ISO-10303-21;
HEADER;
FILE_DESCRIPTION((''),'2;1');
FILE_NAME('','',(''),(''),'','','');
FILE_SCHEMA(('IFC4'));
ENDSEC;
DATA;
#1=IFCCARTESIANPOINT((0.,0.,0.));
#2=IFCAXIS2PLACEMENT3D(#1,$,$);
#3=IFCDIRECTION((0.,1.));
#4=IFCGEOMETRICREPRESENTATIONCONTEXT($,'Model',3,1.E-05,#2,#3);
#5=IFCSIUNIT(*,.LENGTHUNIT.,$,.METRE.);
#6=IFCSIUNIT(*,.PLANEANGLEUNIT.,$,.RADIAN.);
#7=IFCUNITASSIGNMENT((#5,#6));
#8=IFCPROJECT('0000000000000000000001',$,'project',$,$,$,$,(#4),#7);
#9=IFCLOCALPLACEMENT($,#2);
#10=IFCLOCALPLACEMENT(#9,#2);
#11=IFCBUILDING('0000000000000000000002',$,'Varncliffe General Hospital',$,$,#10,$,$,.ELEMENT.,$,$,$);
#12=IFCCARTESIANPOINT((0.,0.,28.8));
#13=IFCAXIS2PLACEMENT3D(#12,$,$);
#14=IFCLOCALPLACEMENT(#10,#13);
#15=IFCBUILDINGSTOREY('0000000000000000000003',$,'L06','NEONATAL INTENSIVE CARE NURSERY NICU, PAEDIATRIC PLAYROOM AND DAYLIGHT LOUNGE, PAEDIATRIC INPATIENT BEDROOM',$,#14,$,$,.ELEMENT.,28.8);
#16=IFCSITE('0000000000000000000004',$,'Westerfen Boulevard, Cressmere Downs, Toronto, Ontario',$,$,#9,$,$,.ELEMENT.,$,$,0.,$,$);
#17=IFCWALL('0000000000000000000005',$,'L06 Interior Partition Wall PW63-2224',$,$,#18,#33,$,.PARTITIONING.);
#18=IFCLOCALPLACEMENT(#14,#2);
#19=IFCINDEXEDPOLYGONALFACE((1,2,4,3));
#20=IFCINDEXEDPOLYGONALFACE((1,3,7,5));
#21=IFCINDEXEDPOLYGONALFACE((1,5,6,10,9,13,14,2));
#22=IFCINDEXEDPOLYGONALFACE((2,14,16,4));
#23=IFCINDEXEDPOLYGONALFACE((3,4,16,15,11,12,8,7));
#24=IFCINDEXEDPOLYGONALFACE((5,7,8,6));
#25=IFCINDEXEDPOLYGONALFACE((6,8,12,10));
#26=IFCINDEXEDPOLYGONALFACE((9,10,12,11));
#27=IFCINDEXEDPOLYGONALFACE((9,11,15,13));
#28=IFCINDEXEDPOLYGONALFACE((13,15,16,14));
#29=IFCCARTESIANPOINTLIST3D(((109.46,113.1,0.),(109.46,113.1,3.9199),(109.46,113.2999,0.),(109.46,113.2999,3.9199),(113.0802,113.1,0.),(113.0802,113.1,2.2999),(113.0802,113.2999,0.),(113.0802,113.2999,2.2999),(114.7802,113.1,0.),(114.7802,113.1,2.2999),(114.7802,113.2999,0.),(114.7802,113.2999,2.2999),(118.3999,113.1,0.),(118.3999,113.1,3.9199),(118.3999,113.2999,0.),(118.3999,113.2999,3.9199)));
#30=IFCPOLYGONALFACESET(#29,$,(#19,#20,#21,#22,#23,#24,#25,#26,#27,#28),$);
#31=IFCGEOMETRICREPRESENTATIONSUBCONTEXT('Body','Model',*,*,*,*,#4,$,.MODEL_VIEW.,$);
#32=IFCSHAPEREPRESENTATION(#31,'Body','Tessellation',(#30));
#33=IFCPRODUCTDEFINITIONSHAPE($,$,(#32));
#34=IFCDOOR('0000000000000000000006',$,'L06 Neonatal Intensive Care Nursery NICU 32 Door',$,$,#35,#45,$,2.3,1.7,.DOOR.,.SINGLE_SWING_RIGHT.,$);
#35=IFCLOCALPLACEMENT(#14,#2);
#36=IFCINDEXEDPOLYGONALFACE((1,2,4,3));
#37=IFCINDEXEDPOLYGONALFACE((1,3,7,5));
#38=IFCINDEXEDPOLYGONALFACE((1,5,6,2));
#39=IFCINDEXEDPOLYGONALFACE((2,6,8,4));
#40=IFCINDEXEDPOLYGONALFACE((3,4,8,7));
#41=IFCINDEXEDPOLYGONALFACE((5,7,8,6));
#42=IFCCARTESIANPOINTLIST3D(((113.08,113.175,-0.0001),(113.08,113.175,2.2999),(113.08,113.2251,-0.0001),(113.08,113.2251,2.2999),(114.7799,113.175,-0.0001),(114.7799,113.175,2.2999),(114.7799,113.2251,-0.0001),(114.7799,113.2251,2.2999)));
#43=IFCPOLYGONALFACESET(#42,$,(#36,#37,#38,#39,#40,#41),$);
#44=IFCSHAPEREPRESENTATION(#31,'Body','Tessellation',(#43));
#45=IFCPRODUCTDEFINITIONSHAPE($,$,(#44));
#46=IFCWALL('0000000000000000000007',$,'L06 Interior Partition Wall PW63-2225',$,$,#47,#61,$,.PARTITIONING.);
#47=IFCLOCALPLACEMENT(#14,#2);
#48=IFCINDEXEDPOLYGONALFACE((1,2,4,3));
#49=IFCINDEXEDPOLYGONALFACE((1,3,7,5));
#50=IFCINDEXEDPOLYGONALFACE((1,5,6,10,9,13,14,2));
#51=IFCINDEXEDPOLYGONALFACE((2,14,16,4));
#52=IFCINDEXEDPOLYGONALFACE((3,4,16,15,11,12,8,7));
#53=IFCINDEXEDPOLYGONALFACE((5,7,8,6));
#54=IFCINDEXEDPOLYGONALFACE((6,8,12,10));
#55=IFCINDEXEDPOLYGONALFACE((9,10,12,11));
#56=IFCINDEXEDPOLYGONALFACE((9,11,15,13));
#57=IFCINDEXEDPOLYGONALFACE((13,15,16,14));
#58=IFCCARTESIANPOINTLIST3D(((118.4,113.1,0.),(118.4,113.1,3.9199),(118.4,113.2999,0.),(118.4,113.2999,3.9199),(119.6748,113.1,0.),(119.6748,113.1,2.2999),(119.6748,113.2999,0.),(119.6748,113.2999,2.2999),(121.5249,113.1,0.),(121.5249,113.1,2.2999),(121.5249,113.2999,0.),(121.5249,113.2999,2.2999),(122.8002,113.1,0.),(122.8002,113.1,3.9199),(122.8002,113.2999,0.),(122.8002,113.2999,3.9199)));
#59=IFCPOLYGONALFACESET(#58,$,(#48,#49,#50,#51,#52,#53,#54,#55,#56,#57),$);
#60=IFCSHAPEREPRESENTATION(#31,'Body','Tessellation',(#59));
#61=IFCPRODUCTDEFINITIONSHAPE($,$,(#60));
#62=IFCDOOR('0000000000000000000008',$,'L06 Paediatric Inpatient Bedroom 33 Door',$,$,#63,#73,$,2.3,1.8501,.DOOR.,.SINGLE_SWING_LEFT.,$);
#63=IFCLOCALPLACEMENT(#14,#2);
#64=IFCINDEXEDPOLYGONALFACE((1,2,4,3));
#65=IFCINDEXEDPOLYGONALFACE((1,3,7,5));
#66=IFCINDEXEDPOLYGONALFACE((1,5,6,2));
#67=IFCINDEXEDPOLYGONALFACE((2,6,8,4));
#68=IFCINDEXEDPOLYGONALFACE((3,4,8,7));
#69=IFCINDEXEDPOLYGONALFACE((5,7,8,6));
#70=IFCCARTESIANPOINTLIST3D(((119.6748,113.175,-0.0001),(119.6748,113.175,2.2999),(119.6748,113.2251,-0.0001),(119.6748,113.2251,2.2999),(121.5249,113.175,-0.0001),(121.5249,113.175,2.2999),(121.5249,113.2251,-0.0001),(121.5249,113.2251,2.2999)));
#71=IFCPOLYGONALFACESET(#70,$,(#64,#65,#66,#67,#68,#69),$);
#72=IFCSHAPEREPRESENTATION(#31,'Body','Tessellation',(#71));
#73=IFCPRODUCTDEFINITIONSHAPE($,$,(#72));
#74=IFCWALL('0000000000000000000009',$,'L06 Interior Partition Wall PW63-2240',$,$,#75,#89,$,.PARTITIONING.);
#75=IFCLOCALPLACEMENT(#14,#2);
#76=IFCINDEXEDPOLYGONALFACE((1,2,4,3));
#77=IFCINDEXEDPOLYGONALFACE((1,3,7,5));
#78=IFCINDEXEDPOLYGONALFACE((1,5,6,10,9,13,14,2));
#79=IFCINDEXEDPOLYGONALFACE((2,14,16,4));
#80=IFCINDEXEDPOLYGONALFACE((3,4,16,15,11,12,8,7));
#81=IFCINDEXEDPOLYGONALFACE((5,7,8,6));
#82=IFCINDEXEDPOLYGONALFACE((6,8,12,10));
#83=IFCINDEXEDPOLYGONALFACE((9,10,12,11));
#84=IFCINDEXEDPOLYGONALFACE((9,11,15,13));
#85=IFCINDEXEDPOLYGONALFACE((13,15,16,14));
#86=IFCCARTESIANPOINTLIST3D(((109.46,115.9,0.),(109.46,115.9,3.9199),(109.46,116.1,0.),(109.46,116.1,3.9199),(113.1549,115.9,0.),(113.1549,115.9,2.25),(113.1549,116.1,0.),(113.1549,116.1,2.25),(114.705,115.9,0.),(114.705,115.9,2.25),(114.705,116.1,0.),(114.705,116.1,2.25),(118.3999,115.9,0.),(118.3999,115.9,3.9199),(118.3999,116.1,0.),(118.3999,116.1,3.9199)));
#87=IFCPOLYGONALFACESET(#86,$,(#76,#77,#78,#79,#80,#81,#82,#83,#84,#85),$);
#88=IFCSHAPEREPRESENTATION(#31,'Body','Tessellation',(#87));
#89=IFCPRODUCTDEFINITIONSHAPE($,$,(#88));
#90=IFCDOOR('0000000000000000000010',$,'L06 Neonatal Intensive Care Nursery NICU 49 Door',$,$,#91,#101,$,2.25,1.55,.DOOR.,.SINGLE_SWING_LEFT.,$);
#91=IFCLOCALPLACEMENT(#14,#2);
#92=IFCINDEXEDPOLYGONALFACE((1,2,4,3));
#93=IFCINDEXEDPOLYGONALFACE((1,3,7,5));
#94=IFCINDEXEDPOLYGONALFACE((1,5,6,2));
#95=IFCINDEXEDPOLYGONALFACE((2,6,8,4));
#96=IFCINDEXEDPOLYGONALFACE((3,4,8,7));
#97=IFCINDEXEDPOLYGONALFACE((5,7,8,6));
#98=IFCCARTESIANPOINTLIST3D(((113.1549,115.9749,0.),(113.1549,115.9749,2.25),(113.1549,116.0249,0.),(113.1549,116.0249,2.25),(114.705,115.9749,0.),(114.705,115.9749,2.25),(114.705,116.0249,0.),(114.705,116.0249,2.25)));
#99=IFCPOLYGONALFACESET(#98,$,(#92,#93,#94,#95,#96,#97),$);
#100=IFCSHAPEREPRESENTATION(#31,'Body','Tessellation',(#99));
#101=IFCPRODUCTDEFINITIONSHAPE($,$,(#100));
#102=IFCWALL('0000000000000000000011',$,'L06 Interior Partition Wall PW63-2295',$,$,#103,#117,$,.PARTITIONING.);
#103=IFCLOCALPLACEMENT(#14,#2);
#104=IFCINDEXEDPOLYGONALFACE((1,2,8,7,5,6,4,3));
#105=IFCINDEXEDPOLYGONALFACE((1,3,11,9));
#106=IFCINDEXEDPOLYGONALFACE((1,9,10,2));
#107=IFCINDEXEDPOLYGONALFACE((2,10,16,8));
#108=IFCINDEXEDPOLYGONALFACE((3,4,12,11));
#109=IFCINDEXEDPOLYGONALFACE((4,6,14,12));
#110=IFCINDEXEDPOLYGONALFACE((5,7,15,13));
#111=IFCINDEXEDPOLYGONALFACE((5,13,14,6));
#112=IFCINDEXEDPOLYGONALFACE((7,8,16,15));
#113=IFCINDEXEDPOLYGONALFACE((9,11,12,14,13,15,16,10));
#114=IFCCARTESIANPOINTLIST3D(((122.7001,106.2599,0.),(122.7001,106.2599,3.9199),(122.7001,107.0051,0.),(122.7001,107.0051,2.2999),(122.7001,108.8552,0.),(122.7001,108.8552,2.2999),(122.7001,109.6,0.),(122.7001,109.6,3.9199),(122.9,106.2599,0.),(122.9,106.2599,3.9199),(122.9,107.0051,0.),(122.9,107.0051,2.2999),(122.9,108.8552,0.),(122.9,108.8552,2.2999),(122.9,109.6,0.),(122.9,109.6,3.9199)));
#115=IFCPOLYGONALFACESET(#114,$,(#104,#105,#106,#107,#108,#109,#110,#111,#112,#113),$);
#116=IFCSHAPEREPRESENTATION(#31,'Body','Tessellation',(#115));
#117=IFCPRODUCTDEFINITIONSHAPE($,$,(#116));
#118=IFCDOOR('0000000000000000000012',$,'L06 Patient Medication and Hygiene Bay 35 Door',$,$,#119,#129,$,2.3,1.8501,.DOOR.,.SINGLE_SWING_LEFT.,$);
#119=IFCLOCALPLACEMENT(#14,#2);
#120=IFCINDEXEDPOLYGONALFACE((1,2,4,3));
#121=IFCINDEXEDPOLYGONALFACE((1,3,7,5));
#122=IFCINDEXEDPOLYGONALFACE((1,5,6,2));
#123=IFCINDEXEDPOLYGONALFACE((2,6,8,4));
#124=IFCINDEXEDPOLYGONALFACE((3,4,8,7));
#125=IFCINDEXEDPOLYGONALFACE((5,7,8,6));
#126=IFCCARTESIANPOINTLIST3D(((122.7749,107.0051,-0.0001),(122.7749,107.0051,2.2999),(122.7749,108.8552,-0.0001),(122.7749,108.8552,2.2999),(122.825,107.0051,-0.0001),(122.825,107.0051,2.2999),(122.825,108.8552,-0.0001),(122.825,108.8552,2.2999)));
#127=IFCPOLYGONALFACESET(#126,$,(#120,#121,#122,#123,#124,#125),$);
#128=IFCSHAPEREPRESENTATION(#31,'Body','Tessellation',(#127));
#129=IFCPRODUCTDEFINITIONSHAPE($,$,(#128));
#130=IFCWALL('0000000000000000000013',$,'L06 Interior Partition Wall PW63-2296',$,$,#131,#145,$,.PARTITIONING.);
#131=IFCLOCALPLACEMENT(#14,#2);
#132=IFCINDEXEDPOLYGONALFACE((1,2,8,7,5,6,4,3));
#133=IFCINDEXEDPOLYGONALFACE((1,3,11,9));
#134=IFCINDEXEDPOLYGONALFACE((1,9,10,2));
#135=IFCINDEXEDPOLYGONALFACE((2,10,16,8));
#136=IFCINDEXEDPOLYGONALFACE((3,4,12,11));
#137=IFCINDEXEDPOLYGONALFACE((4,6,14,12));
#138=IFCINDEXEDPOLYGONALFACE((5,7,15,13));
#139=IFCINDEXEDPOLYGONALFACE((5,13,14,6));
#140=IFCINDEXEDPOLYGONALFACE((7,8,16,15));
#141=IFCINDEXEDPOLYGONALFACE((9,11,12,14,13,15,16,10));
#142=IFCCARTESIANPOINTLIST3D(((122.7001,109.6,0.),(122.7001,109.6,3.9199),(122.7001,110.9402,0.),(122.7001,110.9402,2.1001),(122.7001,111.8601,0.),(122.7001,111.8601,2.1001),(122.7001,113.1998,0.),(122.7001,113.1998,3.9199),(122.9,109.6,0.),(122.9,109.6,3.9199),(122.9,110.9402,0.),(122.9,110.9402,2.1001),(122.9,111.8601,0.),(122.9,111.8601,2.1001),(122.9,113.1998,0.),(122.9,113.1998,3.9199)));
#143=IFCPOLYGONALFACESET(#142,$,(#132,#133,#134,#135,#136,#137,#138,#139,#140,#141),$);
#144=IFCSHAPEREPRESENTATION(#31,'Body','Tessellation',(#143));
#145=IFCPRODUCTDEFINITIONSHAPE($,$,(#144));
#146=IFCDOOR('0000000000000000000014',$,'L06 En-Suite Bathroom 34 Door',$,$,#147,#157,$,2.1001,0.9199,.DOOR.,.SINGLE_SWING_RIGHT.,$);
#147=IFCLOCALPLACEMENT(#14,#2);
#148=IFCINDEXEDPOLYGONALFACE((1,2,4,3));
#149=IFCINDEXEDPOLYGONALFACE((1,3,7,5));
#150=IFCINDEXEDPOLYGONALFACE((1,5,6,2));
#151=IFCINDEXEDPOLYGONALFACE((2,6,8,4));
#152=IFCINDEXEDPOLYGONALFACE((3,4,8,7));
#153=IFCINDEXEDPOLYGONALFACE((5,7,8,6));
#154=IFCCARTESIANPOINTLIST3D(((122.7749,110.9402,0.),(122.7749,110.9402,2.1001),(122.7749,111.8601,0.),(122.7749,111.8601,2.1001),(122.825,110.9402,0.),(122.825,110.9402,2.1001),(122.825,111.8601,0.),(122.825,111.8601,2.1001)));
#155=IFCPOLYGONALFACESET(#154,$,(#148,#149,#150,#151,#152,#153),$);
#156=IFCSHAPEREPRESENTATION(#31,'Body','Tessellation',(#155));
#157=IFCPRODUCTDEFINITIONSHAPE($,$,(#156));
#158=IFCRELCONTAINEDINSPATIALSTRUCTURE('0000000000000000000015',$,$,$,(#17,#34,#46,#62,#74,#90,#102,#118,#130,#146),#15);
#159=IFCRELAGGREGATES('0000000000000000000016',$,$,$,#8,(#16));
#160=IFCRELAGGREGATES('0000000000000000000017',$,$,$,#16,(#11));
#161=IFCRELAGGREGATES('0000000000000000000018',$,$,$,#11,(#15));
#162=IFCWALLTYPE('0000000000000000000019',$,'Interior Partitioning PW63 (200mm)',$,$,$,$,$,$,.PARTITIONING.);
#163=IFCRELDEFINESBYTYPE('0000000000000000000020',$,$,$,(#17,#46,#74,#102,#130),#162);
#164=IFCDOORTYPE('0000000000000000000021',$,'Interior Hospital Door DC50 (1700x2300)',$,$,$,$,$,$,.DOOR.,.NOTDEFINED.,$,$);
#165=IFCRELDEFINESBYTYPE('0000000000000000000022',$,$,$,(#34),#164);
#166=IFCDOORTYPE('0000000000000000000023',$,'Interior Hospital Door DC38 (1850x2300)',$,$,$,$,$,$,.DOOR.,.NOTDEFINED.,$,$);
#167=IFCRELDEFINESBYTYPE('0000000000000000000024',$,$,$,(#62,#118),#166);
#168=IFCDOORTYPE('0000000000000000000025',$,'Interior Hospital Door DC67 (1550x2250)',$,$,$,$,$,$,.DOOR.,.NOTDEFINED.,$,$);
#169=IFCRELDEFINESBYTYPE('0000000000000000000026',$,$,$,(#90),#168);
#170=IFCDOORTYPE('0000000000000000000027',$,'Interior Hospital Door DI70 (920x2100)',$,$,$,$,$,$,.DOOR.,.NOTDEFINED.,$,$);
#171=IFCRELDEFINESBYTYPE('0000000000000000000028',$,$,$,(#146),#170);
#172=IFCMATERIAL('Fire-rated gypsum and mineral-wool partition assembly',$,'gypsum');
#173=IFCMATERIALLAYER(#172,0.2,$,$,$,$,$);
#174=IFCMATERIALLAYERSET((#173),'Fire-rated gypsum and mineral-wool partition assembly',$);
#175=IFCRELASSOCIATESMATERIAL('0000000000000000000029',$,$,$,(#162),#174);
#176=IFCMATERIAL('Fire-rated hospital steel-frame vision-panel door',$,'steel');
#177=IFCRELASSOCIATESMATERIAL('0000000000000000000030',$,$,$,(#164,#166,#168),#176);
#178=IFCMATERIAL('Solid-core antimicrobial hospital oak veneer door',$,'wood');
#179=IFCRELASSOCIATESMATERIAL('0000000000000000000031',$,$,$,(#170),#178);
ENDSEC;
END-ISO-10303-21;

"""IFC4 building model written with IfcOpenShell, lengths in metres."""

from ifc_helpers import new_model, si_unit, direction, frame, frame_2d, origin, place, context, subcontext, project, spatial, rectangle, extrude, material, layer, layer_set, type_object, element, fill, save


model = new_model("IFC4")

# Units and contexts
model_context = context("Model", 3, precision=1e-05, world=origin(), true_north=direction((0.0, 1.0)))
body_context = subcontext(model_context, "Body", "Model", "MODEL_VIEW")
ifc_project = project(units=[si_unit("LENGTHUNIT", "METRE"), si_unit("PLANEANGLEUNIT", "RADIAN")], contexts=[model_context])

# Site, building, storey
site_placement = place(None, origin())
site = spatial("IfcSite", under=ifc_project, at=site_placement, Name="Westerfen Boulevard, Cressmere Downs, Toronto, Ontario", CompositionType="ELEMENT", RefElevation=0.0)
building_placement = place(site_placement, origin())
building = spatial("IfcBuilding", under=site, at=building_placement, Name="Varncliffe General Hospital", CompositionType="ELEMENT")
storey_placement = place(building_placement, frame((0.0, 0.0, 28.8)))
storey = spatial("IfcBuildingStorey", under=building, at=storey_placement, Name="L06", Description="NEONATAL INTENSIVE CARE NURSERY NICU, PAEDIATRIC PLAYROOM AND DAYLIGHT LOUNGE, PAEDIATRIC INPATIENT BEDROOM", CompositionType="ELEMENT", Elevation=28.8)

# Walls, openings, doors
ifc_material_1 = material(Name="Fire-rated gypsum and mineral-wool partition assembly", Category="gypsum")
ifc_layer_1 = layer(ifc_material_1, 0.2)
ifc_layer_set_1 = layer_set([ifc_layer_1], Name="Fire-rated gypsum and mineral-wool partition assembly")
wall_type_1 = type_object("IfcWallType", Name="Interior Partitioning PW63 (200mm)", PredefinedType="PARTITIONING", material=ifc_layer_set_1)
wall_1_placement = place(storey_placement, frame((109.46, 113.2, 0.0), z_axis=(0.0, 0.0, 1.0), x_axis=(1.0, 0.0, 0.0)))
wall_1 = element("IfcWall", 1, at=wall_1_placement, inside=storey, type_object=wall_type_1, Name="L06 Interior Partition Wall PW63-2224", PredefinedType="PARTITIONING", context=body_context, shape_type="SweptSolid", body=[
    extrude(rectangle(XDim=8.9399, YDim=0.2, at=frame_2d((4.47, 0.0))), origin(), (0.0, 0.0, 1.0), 3.9199),
])
opening_1_placement = place(wall_1_placement, frame((3.6201, 0.0, 0.0)))
opening_1 = element("IfcOpeningElement", 2, at=opening_1_placement, cuts=wall_1, PredefinedType="OPENING", context=body_context, shape_type="SweptSolid", body=[
    extrude(rectangle(XDim=1.7, YDim=2.3, at=frame_2d((0.8501, 1.1499))), frame((0.0, 0.1099, 0.0), z_axis=(0.0, -1.0, 0.0), x_axis=(1.0, 0.0, 0.0)), (0.0, 0.0, 1.0), 0.22),
])
ifc_material_2 = material(Name="Fire-rated hospital steel-frame vision-panel door", Category="steel")
door_type_1 = type_object("IfcDoorType", Name="Interior Hospital Door DC50 (1700x2300)", OperationType="NOTDEFINED", PredefinedType="DOOR", material=ifc_material_2)
door_1_placement = place(opening_1_placement, frame((1.7, 0.0, 0.0), z_axis=(0.0, 0.0, 1.0), x_axis=(-1.0, 0.0, 0.0)))
door_1 = element("IfcDoor", 3, at=door_1_placement, inside=storey, type_object=door_type_1, Name="L06 Neonatal Intensive Care Nursery NICU 32 Door", OperationType="SINGLE_SWING_RIGHT", OverallHeight=2.3, OverallWidth=1.7, PredefinedType="DOOR", context=body_context, shape_type="SweptSolid", body=[
    extrude(rectangle(XDim=1.7, YDim=2.3, at=frame_2d((0.8501, 1.1499))), frame((0.0, 0.0249, 0.0), z_axis=(0.0, -1.0, 0.0), x_axis=(1.0, 0.0, 0.0)), (0.0, 0.0, 1.0), 0.05),
])
fill(opening_1, door_1)
wall_2_placement = place(storey_placement, frame((118.3999, 113.2, 0.0), z_axis=(0.0, 0.0, 1.0), x_axis=(1.0, 0.0, 0.0)))
wall_2 = element("IfcWall", 4, at=wall_2_placement, inside=storey, type_object=wall_type_1, Name="L06 Interior Partition Wall PW63-2225", PredefinedType="PARTITIONING", context=body_context, shape_type="SweptSolid", body=[
    extrude(rectangle(XDim=4.4001, YDim=0.2, at=frame_2d((2.2002, 0.0))), origin(), (0.0, 0.0, 1.0), 3.9199),
])
opening_2_placement = place(wall_2_placement, frame((1.2749, 0.0, 0.0)))
opening_2 = element("IfcOpeningElement", 5, at=opening_2_placement, cuts=wall_2, PredefinedType="OPENING", context=body_context, shape_type="SweptSolid", body=[
    extrude(rectangle(XDim=1.8501, YDim=2.3, at=frame_2d((0.925, 1.1499))), frame((0.0, 0.1099, 0.0), z_axis=(0.0, -1.0, 0.0), x_axis=(1.0, 0.0, 0.0)), (0.0, 0.0, 1.0), 0.22),
])
door_type_2 = type_object("IfcDoorType", Name="Interior Hospital Door DC38 (1850x2300)", OperationType="NOTDEFINED", PredefinedType="DOOR", material=ifc_material_2)
door_2_placement = place(opening_2_placement, frame((1.8501, 0.0, 0.0), z_axis=(0.0, 0.0, 1.0), x_axis=(-1.0, 0.0, 0.0)))
door_2 = element("IfcDoor", 6, at=door_2_placement, inside=storey, type_object=door_type_2, Name="L06 Paediatric Inpatient Bedroom 33 Door", OperationType="SINGLE_SWING_LEFT", OverallHeight=2.3, OverallWidth=1.8501, PredefinedType="DOOR", context=body_context, shape_type="SweptSolid", body=[
    extrude(rectangle(XDim=1.8501, YDim=2.3, at=frame_2d((0.925, 1.1499))), frame((0.0, 0.0249, 0.0), z_axis=(0.0, -1.0, 0.0), x_axis=(1.0, 0.0, 0.0)), (0.0, 0.0, 1.0), 0.05),
])
fill(opening_2, door_2)
wall_3_placement = place(storey_placement, frame((109.46, 116.0, 0.0), z_axis=(0.0, 0.0, 1.0), x_axis=(1.0, 0.0, 0.0)))
wall_3 = element("IfcWall", 7, at=wall_3_placement, inside=storey, type_object=wall_type_1, Name="L06 Interior Partition Wall PW63-2240", PredefinedType="PARTITIONING", context=body_context, shape_type="SweptSolid", body=[
    extrude(rectangle(XDim=8.9399, YDim=0.2, at=frame_2d((4.47, 0.0))), origin(), (0.0, 0.0, 1.0), 3.9199),
])
opening_3_placement = place(wall_3_placement, frame((3.6951, 0.0, 0.0)))
opening_3 = element("IfcOpeningElement", 8, at=opening_3_placement, cuts=wall_3, PredefinedType="OPENING", context=body_context, shape_type="SweptSolid", body=[
    extrude(rectangle(XDim=1.55, YDim=2.25, at=frame_2d((0.7749, 1.125))), frame((0.0, 0.1099, 0.0), z_axis=(0.0, -1.0, 0.0), x_axis=(1.0, 0.0, 0.0)), (0.0, 0.0, 1.0), 0.22),
])
door_type_3 = type_object("IfcDoorType", Name="Interior Hospital Door DC67 (1550x2250)", OperationType="NOTDEFINED", PredefinedType="DOOR", material=ifc_material_2)
door_3_placement = place(opening_3_placement, origin())
door_3 = element("IfcDoor", 9, at=door_3_placement, inside=storey, type_object=door_type_3, Name="L06 Neonatal Intensive Care Nursery NICU 49 Door", OperationType="SINGLE_SWING_LEFT", OverallHeight=2.25, OverallWidth=1.55, PredefinedType="DOOR", context=body_context, shape_type="SweptSolid", body=[
    extrude(rectangle(XDim=1.55, YDim=2.25, at=frame_2d((0.7749, 1.125))), frame((0.0, 0.0249, 0.0), z_axis=(0.0, -1.0, 0.0), x_axis=(1.0, 0.0, 0.0)), (0.0, 0.0, 1.0), 0.05),
])
fill(opening_3, door_3)
wall_4_placement = place(storey_placement, frame((122.8, 106.26, 0.0), z_axis=(0.0, 0.0, 1.0), x_axis=(0.0, 1.0, 0.0)))
wall_4 = element("IfcWall", 10, at=wall_4_placement, inside=storey, type_object=wall_type_1, Name="L06 Interior Partition Wall PW63-2295", PredefinedType="PARTITIONING", context=body_context, shape_type="SweptSolid", body=[
    extrude(rectangle(XDim=3.3401, YDim=0.2, at=frame_2d((1.6699, 0.0))), origin(), (0.0, 0.0, 1.0), 3.9199),
])
opening_4_placement = place(wall_4_placement, frame((0.7451, 0.0, 0.0)))
opening_4 = element("IfcOpeningElement", 11, at=opening_4_placement, cuts=wall_4, PredefinedType="OPENING", context=body_context, shape_type="SweptSolid", body=[
    extrude(rectangle(XDim=1.8501, YDim=2.3, at=frame_2d((0.925, 1.1499))), frame((0.0, 0.1099, 0.0), z_axis=(0.0, -1.0, 0.0), x_axis=(1.0, 0.0, 0.0)), (0.0, 0.0, 1.0), 0.22),
])
door_4_placement = place(opening_4_placement, frame((1.8501, 0.0, 0.0), z_axis=(0.0, 0.0, 1.0), x_axis=(-1.0, 0.0, 0.0)))
door_4 = element("IfcDoor", 12, at=door_4_placement, inside=storey, type_object=door_type_2, Name="L06 Patient Medication and Hygiene Bay 35 Door", OperationType="SINGLE_SWING_LEFT", OverallHeight=2.3, OverallWidth=1.8501, PredefinedType="DOOR", context=body_context, shape_type="SweptSolid", body=[
    extrude(rectangle(XDim=1.8501, YDim=2.3, at=frame_2d((0.925, 1.1499))), frame((0.0, 0.0249, 0.0), z_axis=(0.0, -1.0, 0.0), x_axis=(1.0, 0.0, 0.0)), (0.0, 0.0, 1.0), 0.05),
])
fill(opening_4, door_4)
wall_5_placement = place(storey_placement, frame((122.8, 109.6001, 0.0), z_axis=(0.0, 0.0, 1.0), x_axis=(0.0, 1.0, 0.0)))
wall_5 = element("IfcWall", 13, at=wall_5_placement, inside=storey, type_object=wall_type_1, Name="L06 Interior Partition Wall PW63-2296", PredefinedType="PARTITIONING", context=body_context, shape_type="SweptSolid", body=[
    extrude(rectangle(XDim=3.5999, YDim=0.2, at=frame_2d((1.7998, 0.0))), origin(), (0.0, 0.0, 1.0), 3.9199),
])
opening_5_placement = place(wall_5_placement, frame((1.3401, 0.0, 0.0)))
opening_5 = element("IfcOpeningElement", 14, at=opening_5_placement, cuts=wall_5, PredefinedType="OPENING", context=body_context, shape_type="SweptSolid", body=[
    extrude(rectangle(XDim=0.9199, YDim=2.1001, at=frame_2d((0.46, 1.05))), frame((0.0, 0.1099, 0.0), z_axis=(0.0, -1.0, 0.0), x_axis=(1.0, 0.0, 0.0)), (0.0, 0.0, 1.0), 0.22),
])
ifc_material_3 = material(Name="Solid-core antimicrobial hospital oak veneer door", Category="wood")
door_type_4 = type_object("IfcDoorType", Name="Interior Hospital Door DI70 (920x2100)", OperationType="NOTDEFINED", PredefinedType="DOOR", material=ifc_material_3)
door_5_placement = place(opening_5_placement, frame((0.9199, 0.0, 0.0), z_axis=(0.0, 0.0, 1.0), x_axis=(-1.0, 0.0, 0.0)))
door_5 = element("IfcDoor", 15, at=door_5_placement, inside=storey, type_object=door_type_4, Name="L06 En-Suite Bathroom 34 Door", OperationType="SINGLE_SWING_RIGHT", OverallHeight=2.1001, OverallWidth=0.9199, PredefinedType="DOOR", context=body_context, shape_type="SweptSolid", body=[
    extrude(rectangle(XDim=0.9199, YDim=2.1001, at=frame_2d((0.46, 1.05))), frame((0.0, 0.0249, 0.0), z_axis=(0.0, -1.0, 0.0), x_axis=(1.0, 0.0, 0.0)), (0.0, 0.0, 1.0), 0.05),
])
fill(opening_5, door_5)

save(model, "model.ifc")
